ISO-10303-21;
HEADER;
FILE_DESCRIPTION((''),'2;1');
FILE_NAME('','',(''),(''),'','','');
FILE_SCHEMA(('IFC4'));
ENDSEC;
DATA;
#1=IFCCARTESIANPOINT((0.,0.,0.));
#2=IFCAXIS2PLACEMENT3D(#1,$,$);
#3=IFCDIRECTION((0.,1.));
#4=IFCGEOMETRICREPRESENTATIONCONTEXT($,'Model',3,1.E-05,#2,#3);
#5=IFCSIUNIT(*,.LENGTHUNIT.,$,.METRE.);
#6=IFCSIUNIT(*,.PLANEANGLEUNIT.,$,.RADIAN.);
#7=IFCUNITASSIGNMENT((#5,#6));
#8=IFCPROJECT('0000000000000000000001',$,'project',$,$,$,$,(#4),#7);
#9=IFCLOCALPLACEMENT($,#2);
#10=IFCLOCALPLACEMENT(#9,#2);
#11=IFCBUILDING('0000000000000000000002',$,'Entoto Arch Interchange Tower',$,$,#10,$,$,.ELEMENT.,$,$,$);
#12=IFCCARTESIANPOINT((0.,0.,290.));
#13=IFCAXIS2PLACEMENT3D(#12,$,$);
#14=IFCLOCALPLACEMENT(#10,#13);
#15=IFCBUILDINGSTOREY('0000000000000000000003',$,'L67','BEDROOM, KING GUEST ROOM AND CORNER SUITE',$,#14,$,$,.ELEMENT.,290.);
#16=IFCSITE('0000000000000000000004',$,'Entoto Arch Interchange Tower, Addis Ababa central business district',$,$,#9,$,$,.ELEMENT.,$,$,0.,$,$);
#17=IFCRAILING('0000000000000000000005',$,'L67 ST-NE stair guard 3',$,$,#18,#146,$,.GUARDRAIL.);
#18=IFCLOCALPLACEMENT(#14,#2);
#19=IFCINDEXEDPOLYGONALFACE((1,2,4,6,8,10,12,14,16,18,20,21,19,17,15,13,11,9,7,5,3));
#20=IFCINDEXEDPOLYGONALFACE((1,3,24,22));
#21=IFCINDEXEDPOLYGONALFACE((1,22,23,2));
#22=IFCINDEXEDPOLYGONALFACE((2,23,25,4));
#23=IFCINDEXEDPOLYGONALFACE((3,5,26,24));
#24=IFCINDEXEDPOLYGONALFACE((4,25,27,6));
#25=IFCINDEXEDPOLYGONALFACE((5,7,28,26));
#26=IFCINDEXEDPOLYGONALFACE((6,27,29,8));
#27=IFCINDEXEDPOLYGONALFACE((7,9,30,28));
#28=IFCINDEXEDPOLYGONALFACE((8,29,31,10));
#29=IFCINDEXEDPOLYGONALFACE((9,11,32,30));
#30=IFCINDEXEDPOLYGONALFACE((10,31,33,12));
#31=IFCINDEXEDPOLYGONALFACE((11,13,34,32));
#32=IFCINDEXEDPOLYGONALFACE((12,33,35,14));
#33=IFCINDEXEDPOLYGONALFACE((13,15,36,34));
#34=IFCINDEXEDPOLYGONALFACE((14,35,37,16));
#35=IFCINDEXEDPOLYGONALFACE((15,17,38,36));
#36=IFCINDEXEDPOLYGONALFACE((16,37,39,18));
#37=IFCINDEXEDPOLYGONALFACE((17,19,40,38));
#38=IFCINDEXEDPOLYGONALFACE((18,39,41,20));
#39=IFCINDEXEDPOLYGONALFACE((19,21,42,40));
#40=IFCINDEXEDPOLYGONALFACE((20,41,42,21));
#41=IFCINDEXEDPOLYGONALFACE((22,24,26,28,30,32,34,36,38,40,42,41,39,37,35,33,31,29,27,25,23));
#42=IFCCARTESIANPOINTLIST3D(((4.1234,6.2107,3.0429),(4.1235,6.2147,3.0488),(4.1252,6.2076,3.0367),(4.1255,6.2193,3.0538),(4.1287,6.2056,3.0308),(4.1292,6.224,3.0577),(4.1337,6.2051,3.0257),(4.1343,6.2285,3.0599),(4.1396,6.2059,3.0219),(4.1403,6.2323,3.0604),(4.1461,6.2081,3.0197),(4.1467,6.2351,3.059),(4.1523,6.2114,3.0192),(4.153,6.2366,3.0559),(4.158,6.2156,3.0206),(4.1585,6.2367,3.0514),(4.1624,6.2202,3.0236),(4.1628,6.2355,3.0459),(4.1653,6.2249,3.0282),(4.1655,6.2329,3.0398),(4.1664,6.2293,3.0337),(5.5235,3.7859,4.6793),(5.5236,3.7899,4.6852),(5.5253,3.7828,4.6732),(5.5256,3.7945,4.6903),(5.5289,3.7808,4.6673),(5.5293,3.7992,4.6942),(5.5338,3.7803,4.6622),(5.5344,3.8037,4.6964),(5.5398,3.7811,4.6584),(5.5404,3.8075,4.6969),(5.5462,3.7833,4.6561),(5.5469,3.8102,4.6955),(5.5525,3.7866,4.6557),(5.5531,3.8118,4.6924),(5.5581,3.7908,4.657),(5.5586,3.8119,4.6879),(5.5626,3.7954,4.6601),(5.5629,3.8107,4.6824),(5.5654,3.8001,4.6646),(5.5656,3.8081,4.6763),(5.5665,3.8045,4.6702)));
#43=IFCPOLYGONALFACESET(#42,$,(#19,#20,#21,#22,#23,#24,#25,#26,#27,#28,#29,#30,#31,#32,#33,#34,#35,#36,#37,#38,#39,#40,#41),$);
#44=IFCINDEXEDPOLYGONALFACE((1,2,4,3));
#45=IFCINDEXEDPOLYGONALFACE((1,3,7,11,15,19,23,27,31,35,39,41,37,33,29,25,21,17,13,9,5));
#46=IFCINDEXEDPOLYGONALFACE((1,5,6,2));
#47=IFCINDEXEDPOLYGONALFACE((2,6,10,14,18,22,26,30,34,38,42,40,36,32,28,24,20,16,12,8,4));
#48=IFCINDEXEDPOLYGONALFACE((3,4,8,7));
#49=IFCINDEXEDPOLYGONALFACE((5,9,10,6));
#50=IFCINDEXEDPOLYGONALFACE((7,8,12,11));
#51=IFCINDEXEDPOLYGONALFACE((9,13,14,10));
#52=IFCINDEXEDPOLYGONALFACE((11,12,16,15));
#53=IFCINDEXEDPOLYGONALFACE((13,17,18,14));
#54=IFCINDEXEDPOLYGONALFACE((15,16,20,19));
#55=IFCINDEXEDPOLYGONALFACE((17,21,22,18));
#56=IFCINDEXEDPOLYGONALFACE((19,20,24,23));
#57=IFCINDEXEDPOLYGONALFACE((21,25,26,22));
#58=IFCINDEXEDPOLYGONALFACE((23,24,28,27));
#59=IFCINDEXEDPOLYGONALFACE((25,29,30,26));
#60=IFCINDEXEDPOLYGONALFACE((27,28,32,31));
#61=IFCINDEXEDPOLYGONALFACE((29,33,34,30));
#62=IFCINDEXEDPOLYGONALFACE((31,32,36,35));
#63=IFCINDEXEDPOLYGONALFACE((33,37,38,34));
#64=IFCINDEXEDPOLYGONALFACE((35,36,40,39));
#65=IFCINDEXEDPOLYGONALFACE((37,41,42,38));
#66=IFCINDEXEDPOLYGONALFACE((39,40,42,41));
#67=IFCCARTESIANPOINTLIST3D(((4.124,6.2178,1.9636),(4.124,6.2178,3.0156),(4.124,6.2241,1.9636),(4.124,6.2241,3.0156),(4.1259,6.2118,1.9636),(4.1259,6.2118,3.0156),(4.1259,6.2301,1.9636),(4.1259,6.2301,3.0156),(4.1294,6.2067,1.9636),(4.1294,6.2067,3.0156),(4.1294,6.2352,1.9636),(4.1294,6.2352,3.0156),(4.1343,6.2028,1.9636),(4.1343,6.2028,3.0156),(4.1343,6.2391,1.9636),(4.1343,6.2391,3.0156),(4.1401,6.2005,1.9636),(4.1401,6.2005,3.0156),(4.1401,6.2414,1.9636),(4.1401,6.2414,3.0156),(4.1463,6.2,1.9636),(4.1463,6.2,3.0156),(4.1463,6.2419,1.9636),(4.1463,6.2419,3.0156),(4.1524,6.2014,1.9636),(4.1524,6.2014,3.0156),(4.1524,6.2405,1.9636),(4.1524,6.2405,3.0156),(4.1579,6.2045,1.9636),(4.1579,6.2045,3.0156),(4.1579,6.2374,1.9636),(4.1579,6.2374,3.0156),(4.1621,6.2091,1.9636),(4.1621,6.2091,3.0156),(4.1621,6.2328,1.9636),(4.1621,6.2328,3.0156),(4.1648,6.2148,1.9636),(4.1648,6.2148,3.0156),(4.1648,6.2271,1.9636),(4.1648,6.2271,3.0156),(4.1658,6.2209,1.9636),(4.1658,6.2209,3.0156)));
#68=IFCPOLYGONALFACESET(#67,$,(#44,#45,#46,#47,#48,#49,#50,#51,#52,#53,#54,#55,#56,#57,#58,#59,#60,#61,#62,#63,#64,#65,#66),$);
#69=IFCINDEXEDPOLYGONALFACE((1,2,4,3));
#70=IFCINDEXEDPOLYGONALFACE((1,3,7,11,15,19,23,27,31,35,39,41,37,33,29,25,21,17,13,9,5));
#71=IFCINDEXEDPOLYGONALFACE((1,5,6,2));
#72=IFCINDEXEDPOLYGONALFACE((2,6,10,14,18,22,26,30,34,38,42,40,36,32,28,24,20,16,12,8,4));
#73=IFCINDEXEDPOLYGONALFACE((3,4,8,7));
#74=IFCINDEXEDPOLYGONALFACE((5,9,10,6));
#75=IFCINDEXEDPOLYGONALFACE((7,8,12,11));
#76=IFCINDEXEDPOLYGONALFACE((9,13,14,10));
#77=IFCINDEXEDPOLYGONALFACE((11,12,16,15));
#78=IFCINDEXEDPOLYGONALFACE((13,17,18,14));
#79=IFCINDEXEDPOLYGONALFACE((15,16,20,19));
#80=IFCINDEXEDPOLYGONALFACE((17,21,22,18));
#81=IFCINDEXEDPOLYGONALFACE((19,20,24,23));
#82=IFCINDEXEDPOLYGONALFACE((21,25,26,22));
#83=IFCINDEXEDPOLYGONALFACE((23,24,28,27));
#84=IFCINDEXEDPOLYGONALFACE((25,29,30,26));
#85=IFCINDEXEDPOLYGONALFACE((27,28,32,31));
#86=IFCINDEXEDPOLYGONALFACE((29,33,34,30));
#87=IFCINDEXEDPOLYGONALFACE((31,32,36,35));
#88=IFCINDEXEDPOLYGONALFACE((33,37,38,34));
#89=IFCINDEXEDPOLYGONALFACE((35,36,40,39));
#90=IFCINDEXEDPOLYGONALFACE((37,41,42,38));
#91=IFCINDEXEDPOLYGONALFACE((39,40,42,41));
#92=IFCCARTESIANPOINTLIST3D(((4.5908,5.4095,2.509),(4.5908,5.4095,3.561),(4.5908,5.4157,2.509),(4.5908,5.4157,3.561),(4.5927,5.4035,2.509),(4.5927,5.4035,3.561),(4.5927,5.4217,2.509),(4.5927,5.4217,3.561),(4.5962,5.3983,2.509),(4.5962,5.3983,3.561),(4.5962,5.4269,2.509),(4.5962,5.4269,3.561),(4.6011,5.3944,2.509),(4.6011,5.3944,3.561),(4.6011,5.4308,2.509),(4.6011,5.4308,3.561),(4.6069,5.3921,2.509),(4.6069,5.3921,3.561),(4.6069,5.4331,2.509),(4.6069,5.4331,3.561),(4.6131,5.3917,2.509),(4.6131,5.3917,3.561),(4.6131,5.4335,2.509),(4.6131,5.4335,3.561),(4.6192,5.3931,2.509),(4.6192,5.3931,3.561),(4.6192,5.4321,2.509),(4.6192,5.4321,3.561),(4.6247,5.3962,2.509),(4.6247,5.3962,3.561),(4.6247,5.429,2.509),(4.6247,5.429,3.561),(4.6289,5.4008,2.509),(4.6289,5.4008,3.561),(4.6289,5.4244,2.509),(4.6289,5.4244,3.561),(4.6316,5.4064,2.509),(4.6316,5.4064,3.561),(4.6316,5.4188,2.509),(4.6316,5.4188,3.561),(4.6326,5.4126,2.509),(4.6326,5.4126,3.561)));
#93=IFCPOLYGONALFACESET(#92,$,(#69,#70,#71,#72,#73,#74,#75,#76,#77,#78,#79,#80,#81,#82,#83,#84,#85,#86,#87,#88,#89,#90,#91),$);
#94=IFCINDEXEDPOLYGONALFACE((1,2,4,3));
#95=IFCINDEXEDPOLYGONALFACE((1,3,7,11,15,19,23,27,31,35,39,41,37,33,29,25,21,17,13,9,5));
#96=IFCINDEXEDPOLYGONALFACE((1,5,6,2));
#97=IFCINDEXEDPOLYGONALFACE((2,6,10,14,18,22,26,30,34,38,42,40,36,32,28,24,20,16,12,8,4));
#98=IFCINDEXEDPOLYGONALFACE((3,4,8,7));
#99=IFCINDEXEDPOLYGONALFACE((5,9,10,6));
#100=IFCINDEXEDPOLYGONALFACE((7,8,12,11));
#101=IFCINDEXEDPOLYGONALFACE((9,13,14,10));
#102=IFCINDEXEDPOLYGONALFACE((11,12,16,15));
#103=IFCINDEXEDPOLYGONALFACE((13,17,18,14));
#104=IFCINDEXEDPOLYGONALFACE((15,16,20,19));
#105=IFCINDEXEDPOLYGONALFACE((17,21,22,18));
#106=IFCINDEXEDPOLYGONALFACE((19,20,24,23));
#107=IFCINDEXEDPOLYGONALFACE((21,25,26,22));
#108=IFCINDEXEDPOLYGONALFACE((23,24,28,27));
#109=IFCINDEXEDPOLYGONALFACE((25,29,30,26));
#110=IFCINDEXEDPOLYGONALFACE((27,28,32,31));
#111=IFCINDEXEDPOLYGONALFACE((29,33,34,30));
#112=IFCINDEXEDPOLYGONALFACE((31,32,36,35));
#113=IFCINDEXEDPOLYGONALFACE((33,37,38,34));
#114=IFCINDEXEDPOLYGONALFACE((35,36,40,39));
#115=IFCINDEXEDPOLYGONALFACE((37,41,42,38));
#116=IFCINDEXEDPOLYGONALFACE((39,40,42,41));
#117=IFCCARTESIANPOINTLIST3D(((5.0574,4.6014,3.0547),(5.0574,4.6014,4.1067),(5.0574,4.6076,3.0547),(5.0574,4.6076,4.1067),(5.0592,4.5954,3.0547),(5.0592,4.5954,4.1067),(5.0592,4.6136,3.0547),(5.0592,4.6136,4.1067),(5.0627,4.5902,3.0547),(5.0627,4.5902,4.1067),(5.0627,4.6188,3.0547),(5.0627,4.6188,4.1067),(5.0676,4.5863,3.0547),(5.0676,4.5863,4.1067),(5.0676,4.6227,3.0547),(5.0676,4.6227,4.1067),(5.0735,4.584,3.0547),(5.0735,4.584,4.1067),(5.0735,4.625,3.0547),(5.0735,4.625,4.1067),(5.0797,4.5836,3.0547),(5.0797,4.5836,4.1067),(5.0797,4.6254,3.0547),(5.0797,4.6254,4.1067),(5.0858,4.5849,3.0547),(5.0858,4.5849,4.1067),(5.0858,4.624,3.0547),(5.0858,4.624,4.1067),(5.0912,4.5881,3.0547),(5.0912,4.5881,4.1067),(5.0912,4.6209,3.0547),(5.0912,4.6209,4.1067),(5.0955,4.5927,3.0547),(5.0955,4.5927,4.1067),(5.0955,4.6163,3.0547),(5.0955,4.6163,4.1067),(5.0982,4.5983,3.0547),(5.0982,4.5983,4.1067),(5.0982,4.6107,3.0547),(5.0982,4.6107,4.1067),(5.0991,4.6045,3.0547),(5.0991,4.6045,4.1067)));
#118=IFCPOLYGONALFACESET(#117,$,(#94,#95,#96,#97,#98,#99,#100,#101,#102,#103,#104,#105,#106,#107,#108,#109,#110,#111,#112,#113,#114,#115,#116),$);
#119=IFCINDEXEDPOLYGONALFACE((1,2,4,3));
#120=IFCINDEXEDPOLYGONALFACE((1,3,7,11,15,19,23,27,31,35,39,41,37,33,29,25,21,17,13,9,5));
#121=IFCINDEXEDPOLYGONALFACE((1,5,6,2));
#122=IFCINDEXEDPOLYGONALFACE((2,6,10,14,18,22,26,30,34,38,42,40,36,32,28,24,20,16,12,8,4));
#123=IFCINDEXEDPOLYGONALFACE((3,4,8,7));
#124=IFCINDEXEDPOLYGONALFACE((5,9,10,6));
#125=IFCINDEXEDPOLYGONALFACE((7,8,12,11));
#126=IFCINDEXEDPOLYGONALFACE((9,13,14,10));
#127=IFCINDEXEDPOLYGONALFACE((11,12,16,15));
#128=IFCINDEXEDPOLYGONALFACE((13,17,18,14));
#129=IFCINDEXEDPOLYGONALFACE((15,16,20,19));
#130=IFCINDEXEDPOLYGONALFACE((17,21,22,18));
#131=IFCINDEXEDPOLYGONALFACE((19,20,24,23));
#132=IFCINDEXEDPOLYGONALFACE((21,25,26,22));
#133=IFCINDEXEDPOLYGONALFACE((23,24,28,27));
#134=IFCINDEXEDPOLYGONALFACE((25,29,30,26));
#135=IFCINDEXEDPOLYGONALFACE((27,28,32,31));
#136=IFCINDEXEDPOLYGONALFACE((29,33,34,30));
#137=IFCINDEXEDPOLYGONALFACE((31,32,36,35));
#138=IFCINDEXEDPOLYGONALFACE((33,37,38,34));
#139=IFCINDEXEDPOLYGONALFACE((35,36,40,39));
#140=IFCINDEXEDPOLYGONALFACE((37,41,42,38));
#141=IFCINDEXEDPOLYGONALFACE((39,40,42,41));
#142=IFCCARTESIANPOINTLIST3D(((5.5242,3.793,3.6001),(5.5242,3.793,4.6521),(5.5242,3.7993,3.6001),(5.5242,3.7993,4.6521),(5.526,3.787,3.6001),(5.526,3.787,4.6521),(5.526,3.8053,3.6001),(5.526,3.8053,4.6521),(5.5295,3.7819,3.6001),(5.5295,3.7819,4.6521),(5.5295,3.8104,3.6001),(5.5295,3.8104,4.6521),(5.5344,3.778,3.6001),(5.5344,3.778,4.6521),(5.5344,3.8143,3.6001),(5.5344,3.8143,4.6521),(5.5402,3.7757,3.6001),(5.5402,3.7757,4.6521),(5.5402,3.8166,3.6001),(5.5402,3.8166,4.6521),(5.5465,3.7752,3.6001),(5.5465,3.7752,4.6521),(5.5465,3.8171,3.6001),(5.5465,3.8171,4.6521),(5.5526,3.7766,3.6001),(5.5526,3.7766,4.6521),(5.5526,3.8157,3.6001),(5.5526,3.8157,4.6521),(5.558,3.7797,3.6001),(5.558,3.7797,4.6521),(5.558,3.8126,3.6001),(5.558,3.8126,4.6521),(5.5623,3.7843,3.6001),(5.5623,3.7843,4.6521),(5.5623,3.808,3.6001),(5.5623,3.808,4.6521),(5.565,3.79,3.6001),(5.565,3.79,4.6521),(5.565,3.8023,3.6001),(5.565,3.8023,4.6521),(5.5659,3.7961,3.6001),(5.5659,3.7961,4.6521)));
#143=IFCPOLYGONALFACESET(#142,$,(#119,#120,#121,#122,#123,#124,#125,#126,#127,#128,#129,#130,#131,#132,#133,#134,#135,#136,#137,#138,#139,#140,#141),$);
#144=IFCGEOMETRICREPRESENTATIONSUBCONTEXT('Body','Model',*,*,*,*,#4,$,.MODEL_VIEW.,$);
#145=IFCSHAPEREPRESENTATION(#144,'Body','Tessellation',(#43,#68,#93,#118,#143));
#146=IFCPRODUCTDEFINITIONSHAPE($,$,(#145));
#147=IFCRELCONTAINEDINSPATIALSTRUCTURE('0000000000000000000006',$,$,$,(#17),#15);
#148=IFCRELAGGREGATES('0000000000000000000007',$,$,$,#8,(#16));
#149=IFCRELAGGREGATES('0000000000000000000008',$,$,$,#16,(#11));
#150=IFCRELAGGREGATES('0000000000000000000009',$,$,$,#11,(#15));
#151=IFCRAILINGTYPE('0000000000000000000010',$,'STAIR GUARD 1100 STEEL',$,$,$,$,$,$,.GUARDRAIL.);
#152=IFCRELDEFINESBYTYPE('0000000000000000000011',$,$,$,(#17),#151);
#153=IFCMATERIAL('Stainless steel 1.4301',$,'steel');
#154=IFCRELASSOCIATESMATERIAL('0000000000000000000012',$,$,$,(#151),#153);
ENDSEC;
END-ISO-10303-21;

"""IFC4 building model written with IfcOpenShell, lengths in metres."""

from ifc_helpers import new_model, si_unit, direction, frame, origin, origin_2d, place, context, subcontext, project, spatial, circle, extrude, material, type_object, element, save


model = new_model("IFC4")

# Units and contexts
model_context = context("Model", 3, precision=1e-05, world=origin(), true_north=direction((0.0, 1.0)))
body_context = subcontext(model_context, "Body", "Model", "MODEL_VIEW")
ifc_project = project(units=[si_unit("LENGTHUNIT", "METRE"), si_unit("PLANEANGLEUNIT", "RADIAN")], contexts=[model_context])

# Site, building, storey
site_placement = place(None, origin())
site = spatial("IfcSite", under=ifc_project, at=site_placement, Name="Entoto Arch Interchange Tower, Addis Ababa central business district", CompositionType="ELEMENT", RefElevation=0.0)
building_placement = place(site_placement, origin())
building = spatial("IfcBuilding", under=site, at=building_placement, Name="Entoto Arch Interchange Tower", CompositionType="ELEMENT")
storey_placement = place(building_placement, frame((0.0, 0.0, 290.0)))
storey = spatial("IfcBuildingStorey", under=building, at=storey_placement, Name="L67", Description="BEDROOM, KING GUEST ROOM AND CORNER SUITE", CompositionType="ELEMENT", Elevation=290.0)

# Railing
ifc_material_1 = material(Name="Stainless steel 1.4301", Category="steel")
railing_type_1 = type_object("IfcRailingType", Name="STAIR GUARD 1100 STEEL", PredefinedType="GUARDRAIL", material=ifc_material_1)
railing_1_placement = place(storey_placement, frame((4.1448, 6.2209, 1.9636)))
element("IfcRailing", 1, at=railing_1_placement, inside=storey, type_object=railing_type_1, Name="L67 ST-NE stair guard 3", PredefinedType="GUARDRAIL", context=body_context, shape_type="SweptSolid", body=[
    extrude(circle(Radius=0.0239, at=origin_2d()), frame((0.0, 0.0, 1.0762), z_axis=(0.431722, -0.747666, 0.504591), x_axis=(0.865997, 0.50005, 0.0)), (0.0, 0.0, 1.0), 3.2432),
    extrude(circle(Radius=0.021, at=origin_2d()), origin(), (0.0, 0.0, 1.0), 1.052),
    extrude(circle(Radius=0.021, at=origin_2d()), frame((0.4668, -0.8083, 0.5454)), (0.0, 0.0, 1.0), 1.052),
    extrude(circle(Radius=0.021, at=origin_2d()), frame((0.9333, -1.6165, 1.0911)), (0.0, 0.0, 1.0), 1.052),
    extrude(circle(Radius=0.021, at=origin_2d()), frame((1.4001, -2.4248, 1.6365)), (0.0, 0.0, 1.0), 1.052),
])

save(model, "model.ifc")
